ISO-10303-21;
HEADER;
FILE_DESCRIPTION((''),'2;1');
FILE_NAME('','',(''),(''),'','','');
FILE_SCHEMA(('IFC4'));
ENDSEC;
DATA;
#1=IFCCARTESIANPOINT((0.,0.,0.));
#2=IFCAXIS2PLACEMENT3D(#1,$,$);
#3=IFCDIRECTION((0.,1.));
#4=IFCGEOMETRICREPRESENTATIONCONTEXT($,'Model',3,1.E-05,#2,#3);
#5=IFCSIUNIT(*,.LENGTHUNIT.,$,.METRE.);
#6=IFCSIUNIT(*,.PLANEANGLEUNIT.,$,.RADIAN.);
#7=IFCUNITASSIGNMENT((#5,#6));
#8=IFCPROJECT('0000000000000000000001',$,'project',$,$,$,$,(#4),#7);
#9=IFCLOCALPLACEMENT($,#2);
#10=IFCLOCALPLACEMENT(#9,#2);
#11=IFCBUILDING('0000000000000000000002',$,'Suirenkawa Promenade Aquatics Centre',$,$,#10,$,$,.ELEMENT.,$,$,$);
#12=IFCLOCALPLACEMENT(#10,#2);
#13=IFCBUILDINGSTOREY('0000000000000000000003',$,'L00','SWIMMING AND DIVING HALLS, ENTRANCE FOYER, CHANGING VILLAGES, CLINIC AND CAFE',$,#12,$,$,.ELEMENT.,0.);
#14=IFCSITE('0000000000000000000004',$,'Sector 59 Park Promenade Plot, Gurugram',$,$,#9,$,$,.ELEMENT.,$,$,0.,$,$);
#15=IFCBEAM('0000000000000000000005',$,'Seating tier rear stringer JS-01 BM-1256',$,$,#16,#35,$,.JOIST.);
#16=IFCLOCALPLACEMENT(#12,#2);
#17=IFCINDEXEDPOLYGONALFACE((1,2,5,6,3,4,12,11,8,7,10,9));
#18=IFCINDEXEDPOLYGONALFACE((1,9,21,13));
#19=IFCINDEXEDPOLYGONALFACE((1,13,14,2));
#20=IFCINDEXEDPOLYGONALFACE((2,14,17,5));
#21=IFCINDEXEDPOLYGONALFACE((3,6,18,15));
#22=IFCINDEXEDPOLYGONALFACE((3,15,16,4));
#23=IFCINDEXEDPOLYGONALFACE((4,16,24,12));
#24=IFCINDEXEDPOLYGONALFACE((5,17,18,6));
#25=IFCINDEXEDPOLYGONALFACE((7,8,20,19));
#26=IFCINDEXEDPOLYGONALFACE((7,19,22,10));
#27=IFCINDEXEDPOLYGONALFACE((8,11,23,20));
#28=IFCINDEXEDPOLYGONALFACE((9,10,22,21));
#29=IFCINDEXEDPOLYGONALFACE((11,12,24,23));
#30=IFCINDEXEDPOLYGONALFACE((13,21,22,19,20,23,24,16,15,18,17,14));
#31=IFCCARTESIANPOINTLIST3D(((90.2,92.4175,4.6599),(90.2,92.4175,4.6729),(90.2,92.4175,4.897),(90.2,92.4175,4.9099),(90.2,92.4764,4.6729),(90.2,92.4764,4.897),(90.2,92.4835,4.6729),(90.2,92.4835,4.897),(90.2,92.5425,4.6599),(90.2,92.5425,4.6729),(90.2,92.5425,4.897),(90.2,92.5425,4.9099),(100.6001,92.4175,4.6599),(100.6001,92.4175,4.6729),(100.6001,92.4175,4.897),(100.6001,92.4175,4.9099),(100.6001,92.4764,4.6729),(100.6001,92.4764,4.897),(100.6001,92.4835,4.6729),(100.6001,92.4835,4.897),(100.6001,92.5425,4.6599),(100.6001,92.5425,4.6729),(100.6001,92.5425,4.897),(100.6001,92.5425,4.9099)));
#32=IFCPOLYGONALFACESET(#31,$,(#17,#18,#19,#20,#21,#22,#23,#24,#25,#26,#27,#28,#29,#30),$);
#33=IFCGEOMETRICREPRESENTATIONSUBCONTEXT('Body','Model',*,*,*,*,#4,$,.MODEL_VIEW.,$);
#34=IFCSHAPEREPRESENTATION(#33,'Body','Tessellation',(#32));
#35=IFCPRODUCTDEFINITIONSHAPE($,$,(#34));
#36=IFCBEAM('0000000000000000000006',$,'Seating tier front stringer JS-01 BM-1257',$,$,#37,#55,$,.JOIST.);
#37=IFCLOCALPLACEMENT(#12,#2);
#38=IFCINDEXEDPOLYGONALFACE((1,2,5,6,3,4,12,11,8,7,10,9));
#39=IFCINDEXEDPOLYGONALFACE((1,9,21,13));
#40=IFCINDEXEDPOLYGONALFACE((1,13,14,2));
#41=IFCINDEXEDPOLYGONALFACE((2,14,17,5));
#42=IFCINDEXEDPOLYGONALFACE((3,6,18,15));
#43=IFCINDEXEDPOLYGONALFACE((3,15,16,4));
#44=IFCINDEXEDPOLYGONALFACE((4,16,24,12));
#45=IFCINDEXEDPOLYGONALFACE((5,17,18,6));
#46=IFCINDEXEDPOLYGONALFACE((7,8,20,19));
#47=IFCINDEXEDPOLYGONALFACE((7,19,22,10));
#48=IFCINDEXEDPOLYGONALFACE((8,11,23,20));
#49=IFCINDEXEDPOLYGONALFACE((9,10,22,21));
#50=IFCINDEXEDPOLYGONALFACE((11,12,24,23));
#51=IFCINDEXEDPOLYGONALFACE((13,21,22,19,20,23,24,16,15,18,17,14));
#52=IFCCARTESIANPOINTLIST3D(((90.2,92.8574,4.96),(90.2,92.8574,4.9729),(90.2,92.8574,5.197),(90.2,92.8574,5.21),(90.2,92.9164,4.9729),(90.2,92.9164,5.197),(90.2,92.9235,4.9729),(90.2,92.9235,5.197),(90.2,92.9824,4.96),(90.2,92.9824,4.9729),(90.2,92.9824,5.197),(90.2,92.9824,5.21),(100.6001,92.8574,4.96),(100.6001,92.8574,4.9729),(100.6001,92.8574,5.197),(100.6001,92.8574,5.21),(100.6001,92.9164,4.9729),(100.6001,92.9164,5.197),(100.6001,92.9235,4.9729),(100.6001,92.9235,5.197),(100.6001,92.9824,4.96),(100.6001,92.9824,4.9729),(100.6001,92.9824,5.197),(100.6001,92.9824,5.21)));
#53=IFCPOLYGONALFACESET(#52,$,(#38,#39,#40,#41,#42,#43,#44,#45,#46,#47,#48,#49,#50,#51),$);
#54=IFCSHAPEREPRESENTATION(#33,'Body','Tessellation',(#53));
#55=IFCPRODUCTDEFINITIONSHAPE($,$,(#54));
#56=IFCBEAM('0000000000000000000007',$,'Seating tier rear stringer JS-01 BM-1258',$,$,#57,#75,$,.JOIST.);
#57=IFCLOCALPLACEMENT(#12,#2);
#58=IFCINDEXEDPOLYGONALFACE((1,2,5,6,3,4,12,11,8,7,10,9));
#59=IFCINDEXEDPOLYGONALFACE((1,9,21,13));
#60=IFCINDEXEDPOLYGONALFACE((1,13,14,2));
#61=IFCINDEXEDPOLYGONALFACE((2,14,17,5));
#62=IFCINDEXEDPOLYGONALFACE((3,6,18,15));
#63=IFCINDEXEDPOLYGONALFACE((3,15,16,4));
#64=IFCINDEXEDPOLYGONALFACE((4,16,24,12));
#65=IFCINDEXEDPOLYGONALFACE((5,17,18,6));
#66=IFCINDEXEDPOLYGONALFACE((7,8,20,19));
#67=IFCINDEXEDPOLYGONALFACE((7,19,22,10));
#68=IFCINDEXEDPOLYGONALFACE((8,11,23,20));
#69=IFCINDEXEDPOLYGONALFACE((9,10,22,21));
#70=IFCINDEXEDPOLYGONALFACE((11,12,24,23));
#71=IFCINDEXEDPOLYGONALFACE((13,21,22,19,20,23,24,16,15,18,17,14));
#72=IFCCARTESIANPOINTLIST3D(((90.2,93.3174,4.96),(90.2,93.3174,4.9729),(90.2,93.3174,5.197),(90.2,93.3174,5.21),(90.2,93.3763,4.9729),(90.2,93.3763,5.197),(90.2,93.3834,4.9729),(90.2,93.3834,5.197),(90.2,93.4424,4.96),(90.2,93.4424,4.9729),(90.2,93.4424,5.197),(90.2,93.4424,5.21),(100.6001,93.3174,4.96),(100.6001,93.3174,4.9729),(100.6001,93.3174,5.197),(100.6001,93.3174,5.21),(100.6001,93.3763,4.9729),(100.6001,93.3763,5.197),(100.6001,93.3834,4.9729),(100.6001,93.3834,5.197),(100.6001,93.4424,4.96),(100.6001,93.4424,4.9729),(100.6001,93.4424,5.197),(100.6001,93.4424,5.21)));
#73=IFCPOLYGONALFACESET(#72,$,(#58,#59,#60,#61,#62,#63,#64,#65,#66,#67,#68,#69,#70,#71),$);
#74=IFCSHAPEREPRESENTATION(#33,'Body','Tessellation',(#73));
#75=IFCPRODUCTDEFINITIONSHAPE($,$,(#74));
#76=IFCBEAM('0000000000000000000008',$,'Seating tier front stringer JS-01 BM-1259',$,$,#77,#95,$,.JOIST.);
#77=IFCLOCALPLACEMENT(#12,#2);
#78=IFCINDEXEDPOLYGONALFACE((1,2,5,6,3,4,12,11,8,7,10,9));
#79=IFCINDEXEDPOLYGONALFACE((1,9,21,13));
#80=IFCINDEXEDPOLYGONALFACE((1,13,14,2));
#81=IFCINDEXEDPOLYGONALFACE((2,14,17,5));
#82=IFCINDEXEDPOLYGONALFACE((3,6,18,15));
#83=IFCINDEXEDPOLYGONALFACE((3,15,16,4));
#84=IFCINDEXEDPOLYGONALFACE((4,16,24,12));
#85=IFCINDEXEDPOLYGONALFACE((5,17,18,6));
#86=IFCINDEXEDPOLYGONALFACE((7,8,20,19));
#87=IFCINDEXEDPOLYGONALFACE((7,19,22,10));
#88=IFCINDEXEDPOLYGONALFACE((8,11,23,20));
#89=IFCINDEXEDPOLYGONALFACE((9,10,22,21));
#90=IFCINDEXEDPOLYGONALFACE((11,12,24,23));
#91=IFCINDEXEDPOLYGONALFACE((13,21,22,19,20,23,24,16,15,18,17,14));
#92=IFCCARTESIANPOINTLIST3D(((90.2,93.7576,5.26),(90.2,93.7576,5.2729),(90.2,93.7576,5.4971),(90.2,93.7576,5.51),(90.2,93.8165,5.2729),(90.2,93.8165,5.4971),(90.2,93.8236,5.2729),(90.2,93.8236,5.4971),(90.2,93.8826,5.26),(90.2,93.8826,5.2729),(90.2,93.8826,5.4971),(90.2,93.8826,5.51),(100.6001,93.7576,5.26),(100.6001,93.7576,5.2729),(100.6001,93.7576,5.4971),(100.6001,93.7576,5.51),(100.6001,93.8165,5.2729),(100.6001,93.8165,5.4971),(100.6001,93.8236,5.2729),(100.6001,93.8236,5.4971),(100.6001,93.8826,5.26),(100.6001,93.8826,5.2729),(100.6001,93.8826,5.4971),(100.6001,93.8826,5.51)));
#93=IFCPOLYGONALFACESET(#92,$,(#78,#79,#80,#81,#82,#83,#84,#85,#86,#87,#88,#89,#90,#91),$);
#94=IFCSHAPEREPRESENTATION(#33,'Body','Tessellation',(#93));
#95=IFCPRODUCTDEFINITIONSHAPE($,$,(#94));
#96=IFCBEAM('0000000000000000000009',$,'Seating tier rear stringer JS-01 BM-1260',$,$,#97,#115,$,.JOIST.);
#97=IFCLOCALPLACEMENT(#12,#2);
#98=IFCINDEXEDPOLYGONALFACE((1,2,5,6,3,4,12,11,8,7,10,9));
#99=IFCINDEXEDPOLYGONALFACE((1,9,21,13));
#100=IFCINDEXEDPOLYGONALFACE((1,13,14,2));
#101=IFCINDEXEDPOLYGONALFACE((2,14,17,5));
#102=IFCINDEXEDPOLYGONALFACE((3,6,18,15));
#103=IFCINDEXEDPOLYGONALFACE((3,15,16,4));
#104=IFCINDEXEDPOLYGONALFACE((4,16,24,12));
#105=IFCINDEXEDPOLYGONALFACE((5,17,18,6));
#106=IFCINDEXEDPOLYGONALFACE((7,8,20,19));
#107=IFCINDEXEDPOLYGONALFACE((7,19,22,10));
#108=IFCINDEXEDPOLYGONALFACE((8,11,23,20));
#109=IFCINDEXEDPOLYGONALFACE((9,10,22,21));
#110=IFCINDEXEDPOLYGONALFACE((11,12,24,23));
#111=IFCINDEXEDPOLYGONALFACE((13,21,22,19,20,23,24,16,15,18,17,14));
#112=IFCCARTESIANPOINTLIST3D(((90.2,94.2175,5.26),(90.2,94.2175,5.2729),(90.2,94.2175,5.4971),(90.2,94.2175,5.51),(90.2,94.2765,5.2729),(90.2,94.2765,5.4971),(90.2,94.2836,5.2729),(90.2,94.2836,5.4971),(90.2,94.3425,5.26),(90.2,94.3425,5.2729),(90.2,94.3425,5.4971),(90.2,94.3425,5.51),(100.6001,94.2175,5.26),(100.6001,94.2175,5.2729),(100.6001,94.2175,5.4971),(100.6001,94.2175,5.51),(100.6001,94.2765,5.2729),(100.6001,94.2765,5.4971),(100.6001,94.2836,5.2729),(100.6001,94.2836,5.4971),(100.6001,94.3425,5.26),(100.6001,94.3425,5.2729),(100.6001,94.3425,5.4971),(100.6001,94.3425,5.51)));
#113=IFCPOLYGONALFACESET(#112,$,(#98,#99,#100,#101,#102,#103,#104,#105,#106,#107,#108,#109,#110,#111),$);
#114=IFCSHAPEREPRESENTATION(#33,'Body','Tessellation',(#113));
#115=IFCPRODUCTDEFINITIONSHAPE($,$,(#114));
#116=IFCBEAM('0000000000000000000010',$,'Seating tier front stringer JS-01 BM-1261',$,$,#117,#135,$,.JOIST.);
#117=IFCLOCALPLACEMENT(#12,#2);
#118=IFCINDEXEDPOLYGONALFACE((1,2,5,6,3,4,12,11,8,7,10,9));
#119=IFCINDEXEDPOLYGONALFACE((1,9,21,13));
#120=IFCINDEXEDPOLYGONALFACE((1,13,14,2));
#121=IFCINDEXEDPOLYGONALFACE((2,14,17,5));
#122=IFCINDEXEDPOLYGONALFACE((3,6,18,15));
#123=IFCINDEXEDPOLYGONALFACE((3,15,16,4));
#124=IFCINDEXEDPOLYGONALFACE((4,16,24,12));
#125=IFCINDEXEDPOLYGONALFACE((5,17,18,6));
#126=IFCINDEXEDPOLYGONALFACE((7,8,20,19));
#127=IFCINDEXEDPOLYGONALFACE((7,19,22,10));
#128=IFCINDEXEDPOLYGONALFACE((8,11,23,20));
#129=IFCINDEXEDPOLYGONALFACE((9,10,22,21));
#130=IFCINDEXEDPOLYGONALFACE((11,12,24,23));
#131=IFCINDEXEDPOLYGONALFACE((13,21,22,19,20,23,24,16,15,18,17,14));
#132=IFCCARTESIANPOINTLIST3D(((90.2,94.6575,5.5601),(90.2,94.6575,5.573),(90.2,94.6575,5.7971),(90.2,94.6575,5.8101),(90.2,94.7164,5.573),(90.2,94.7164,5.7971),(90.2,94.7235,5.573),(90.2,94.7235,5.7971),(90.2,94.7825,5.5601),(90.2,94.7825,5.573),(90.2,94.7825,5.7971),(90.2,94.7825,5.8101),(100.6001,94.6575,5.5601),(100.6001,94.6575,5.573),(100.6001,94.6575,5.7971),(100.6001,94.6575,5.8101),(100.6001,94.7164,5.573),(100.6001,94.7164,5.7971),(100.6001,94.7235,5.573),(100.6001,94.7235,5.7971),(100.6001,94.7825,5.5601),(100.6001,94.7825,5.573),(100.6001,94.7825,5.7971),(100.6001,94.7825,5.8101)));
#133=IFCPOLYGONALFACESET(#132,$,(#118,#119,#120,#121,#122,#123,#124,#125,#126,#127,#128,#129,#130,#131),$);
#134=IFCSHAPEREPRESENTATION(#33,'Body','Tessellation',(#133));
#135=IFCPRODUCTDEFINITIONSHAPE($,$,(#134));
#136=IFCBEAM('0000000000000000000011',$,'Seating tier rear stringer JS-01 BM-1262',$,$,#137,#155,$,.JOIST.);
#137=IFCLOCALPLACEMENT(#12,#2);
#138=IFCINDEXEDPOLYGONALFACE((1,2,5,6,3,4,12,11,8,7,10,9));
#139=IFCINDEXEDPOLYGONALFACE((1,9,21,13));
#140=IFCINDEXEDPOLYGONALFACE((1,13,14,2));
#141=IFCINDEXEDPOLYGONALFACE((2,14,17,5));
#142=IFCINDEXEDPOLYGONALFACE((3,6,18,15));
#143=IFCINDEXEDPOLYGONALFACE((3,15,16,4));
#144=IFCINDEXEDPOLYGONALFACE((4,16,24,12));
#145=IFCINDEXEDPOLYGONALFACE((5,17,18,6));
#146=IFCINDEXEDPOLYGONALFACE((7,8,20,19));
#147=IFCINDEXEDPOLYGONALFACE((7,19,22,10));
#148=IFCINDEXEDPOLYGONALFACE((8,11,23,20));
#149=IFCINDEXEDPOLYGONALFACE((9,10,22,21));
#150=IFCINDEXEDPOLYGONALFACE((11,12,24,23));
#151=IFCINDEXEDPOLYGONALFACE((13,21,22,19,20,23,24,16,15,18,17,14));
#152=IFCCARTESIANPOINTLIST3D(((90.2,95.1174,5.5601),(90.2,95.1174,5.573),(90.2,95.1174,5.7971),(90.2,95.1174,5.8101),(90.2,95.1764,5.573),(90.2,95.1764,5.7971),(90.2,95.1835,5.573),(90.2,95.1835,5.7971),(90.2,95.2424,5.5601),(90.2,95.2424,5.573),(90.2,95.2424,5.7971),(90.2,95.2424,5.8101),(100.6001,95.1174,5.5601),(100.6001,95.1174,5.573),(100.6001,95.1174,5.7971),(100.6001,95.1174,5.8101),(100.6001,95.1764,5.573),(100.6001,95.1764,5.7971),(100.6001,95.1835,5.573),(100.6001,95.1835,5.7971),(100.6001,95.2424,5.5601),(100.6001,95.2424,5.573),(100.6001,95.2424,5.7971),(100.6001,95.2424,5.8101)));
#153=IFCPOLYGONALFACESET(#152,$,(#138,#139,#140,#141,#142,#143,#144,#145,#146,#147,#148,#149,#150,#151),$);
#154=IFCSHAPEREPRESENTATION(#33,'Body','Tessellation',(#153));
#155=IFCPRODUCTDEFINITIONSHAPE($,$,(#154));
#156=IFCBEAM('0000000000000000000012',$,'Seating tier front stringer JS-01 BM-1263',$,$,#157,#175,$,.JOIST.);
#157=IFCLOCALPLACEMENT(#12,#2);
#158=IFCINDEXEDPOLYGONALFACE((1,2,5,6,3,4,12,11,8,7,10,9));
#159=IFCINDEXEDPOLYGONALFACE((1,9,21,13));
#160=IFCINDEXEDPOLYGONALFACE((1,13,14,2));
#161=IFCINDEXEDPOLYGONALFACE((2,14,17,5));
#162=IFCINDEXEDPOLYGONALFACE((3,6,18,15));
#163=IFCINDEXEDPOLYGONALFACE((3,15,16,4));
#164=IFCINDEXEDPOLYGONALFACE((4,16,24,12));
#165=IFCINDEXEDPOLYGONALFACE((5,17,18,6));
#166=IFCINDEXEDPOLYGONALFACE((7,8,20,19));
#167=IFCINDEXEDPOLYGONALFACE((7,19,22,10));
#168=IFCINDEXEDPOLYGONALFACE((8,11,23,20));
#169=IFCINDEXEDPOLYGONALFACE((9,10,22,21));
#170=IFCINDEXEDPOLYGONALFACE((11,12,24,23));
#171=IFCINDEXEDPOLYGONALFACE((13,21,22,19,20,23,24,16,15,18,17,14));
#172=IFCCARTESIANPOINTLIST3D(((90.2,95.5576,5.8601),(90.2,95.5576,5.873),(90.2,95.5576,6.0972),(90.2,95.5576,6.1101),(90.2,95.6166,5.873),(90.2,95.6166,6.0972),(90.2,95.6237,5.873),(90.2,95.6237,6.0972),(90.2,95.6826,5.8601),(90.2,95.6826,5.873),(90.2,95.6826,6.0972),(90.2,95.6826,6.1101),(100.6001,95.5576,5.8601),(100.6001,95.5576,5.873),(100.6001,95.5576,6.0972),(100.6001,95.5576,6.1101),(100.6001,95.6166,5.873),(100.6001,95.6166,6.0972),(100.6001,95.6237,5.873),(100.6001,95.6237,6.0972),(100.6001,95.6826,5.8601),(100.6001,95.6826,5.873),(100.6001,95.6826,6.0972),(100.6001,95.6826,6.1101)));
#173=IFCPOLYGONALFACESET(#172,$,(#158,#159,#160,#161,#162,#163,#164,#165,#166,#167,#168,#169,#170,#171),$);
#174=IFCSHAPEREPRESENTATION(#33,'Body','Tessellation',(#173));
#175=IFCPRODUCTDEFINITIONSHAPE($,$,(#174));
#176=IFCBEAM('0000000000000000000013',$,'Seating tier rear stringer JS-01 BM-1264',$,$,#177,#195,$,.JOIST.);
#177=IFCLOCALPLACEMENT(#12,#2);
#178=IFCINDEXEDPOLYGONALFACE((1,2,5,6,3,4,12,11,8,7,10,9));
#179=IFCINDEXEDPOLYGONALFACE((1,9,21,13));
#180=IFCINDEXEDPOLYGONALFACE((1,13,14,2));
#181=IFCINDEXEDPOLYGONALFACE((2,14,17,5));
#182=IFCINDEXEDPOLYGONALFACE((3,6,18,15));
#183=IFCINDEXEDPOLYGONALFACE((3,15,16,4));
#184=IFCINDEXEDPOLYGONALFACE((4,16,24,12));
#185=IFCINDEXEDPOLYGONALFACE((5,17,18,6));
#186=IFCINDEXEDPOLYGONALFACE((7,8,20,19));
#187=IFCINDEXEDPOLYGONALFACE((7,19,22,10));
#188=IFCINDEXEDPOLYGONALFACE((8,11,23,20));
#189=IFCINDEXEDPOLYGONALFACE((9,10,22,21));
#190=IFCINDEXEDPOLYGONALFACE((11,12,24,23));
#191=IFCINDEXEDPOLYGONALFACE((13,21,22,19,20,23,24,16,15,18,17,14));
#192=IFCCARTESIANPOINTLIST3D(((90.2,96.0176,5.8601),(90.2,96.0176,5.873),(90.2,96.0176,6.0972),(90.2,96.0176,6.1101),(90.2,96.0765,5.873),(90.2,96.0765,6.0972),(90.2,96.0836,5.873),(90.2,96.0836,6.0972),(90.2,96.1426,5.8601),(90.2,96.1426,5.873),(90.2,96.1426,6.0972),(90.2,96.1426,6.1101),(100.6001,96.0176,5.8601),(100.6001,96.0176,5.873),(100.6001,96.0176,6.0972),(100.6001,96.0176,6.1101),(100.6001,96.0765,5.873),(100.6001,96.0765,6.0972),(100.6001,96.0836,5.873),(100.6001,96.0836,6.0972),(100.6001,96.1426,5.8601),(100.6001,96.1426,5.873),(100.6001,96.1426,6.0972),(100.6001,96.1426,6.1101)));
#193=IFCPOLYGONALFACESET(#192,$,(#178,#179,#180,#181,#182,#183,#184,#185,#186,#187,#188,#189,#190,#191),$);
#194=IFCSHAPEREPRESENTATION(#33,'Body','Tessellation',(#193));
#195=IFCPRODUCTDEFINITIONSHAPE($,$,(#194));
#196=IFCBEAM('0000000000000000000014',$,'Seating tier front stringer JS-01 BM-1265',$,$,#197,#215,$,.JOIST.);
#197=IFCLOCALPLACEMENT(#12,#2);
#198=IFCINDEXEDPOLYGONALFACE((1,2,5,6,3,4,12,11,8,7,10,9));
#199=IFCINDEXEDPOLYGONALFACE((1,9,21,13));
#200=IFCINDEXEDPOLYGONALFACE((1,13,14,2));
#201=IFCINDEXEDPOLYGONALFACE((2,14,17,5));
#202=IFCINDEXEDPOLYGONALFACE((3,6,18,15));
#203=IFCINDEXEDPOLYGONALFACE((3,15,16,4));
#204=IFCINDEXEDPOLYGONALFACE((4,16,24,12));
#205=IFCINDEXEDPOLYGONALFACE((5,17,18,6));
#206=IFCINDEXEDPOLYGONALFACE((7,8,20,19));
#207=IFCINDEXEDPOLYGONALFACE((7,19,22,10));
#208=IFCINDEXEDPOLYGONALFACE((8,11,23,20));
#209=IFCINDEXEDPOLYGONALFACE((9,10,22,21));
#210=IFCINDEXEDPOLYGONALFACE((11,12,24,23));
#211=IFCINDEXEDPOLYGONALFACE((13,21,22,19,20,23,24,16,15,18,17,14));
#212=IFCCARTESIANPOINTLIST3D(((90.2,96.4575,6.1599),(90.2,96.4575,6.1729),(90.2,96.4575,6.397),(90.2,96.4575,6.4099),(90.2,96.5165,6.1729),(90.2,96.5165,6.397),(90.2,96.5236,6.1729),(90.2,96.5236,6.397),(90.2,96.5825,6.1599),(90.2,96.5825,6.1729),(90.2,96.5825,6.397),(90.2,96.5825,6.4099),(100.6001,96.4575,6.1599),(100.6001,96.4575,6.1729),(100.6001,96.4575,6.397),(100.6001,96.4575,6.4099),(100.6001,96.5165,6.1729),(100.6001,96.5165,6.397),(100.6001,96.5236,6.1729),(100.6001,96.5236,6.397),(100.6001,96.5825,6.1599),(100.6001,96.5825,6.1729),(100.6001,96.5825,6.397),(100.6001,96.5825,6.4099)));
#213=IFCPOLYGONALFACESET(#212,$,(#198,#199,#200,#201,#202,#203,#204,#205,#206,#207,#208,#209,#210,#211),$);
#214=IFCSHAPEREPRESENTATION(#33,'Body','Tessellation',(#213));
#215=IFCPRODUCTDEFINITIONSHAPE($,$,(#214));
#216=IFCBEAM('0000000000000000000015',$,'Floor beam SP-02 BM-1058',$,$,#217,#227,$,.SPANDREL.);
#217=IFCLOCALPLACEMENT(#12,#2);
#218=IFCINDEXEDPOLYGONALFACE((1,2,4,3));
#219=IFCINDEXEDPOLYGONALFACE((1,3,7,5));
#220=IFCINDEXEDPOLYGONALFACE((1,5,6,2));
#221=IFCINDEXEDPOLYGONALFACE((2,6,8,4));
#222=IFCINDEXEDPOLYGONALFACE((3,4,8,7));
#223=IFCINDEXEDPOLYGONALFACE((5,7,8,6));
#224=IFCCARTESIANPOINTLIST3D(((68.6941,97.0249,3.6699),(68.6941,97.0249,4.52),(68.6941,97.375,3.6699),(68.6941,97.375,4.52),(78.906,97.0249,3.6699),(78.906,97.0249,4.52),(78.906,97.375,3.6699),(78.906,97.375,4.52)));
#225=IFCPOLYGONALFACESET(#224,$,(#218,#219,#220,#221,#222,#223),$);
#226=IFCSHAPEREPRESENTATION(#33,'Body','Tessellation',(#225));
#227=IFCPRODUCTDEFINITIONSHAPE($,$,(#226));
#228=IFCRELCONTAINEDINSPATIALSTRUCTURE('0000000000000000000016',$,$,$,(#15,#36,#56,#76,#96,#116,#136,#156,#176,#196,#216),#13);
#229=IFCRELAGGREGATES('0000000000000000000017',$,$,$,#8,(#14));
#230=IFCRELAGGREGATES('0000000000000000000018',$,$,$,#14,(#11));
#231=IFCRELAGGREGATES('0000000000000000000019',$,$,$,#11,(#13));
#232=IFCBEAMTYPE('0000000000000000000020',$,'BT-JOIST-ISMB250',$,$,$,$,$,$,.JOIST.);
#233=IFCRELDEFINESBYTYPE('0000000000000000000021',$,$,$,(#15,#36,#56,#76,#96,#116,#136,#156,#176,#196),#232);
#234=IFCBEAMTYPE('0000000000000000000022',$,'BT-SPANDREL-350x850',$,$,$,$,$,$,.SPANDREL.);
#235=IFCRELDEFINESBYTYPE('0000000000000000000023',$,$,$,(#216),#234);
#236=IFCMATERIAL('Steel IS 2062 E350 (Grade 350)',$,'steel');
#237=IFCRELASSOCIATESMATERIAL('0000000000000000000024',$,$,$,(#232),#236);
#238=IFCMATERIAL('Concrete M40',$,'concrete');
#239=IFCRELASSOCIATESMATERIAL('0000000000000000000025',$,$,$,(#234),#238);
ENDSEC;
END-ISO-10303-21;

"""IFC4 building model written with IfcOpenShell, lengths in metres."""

from ifc_helpers import new_model, si_unit, direction, frame, origin, origin_2d, place, context, subcontext, project, spatial, rectangle, i_section, extrude, material, material_profile, profile_set, type_object, element, save


model = new_model("IFC4")

# Units and contexts
model_context = context("Model", 3, precision=1e-05, world=origin(), true_north=direction((0.0, 1.0)))
body_context = subcontext(model_context, "Body", "Model", "MODEL_VIEW")
ifc_project = project(units=[si_unit("LENGTHUNIT", "METRE"), si_unit("PLANEANGLEUNIT", "RADIAN")], contexts=[model_context])

# Site, building, storey
site_placement = place(None, origin())
site = spatial("IfcSite", under=ifc_project, at=site_placement, Name="Sector 59 Park Promenade Plot, Gurugram", CompositionType="ELEMENT", RefElevation=0.0)
building_placement = place(site_placement, origin())
building = spatial("IfcBuilding", under=site, at=building_placement, Name="Suirenkawa Promenade Aquatics Centre", CompositionType="ELEMENT")
storey_placement = place(building_placement, origin())
storey = spatial("IfcBuildingStorey", under=building, at=storey_placement, Name="L00", Description="SWIMMING AND DIVING HALLS, ENTRANCE FOYER, CHANGING VILLAGES, CLINIC AND CAFE", CompositionType="ELEMENT", Elevation=0.0)

# Shared definitions
ifc_material_1 = material(Name="Concrete M40", Category="concrete")

# Beams
ifc_material_2 = material(Name="Steel IS 2062 E350 (Grade 350)", Category="steel")
ifc_material_profile_1 = material_profile(ifc_material_2, i_section(OverallWidth=0.125, OverallDepth=0.25, WebThickness=0.0071, FlangeThickness=0.0129, at=origin_2d()), Name="ISMB 250", Category="steel")
ifc_profile_set_1 = profile_set([ifc_material_profile_1], Name="Steel IS 2062 E350 (Grade 350)")
beam_type_1 = type_object("IfcBeamType", Name="BT-JOIST-ISMB250", PredefinedType="JOIST", material=ifc_profile_set_1)
for number, where, z_axis, x_axis, name in (
    (1, (90.2, 92.48, 4.7849), (1.0, 0.0, 0.0), (0.0, 1.0, 0.0), "Seating tier rear stringer JS-01 BM-1256"),
    (2, (90.2, 92.9199, 5.085), (1.0, 0.0, 0.0), (0.0, 1.0, 0.0), "Seating tier front stringer JS-01 BM-1257"),
    (3, (90.2, 93.3799, 5.085), (1.0, 0.0, 0.0), (0.0, 1.0, 0.0), "Seating tier rear stringer JS-01 BM-1258"),
    (4, (90.2, 93.8201, 5.385), (1.0, 0.0, 0.0), (0.0, 1.0, 0.0), "Seating tier front stringer JS-01 BM-1259"),
    (5, (90.2, 94.28, 5.385), (1.0, 0.0, 0.0), (0.0, 1.0, 0.0), "Seating tier rear stringer JS-01 BM-1260"),
    (6, (90.2, 94.72, 5.6851), (1.0, 0.0, 0.0), (0.0, 1.0, 0.0), "Seating tier front stringer JS-01 BM-1261"),
    (7, (90.2, 95.1799, 5.6851), (1.0, 0.0, 0.0), (0.0, 1.0, 0.0), "Seating tier rear stringer JS-01 BM-1262"),
    (8, (90.2, 95.6201, 5.9851), (1.0, 0.0, 0.0), (0.0, 1.0, 0.0), "Seating tier front stringer JS-01 BM-1263"),
    (9, (90.2, 96.0801, 5.9851), (1.0, 0.0, 0.0), (0.0, 1.0, 0.0), "Seating tier rear stringer JS-01 BM-1264"),
    (10, (90.2, 96.52, 6.2849), (1.0, 0.0, 0.0), (0.0, 1.0, 0.0), "Seating tier front stringer JS-01 BM-1265"),
):
    element("IfcBeam", number, at=place(storey_placement, frame(where, z_axis=z_axis, x_axis=x_axis)), inside=storey, type_object=beam_type_1, Name=name, PredefinedType="JOIST", context=body_context, shape_type="SweptSolid", body=[
        extrude(i_section(OverallWidth=0.125, OverallDepth=0.25, WebThickness=0.0071, FlangeThickness=0.0129, at=origin_2d()), origin(), (0.0, 0.0, 1.0), 10.4001),
    ])
ifc_material_profile_2 = material_profile(ifc_material_1, rectangle(XDim=0.3501, YDim=0.8501, at=origin_2d()), Name="RC SPANDREL 350x850", Category="concrete")
ifc_profile_set_2 = profile_set([ifc_material_profile_2], Name="Concrete M40")
beam_type_2 = type_object("IfcBeamType", Name="BT-SPANDREL-350x850", PredefinedType="SPANDREL", material=ifc_profile_set_2)
beam_placement = place(storey_placement, frame((68.6941, 97.2, 4.095), z_axis=(1.0, 0.0, 0.0), x_axis=(0.0, 1.0, 0.0)))
element("IfcBeam", 11, at=beam_placement, inside=storey, type_object=beam_type_2, Name="Floor beam SP-02 BM-1058", PredefinedType="SPANDREL", context=body_context, shape_type="SweptSolid", body=[
    extrude(rectangle(XDim=0.3501, YDim=0.8501, at=origin_2d()), origin(), (0.0, 0.0, 1.0), 10.2119),
])

save(model, "model.ifc")
